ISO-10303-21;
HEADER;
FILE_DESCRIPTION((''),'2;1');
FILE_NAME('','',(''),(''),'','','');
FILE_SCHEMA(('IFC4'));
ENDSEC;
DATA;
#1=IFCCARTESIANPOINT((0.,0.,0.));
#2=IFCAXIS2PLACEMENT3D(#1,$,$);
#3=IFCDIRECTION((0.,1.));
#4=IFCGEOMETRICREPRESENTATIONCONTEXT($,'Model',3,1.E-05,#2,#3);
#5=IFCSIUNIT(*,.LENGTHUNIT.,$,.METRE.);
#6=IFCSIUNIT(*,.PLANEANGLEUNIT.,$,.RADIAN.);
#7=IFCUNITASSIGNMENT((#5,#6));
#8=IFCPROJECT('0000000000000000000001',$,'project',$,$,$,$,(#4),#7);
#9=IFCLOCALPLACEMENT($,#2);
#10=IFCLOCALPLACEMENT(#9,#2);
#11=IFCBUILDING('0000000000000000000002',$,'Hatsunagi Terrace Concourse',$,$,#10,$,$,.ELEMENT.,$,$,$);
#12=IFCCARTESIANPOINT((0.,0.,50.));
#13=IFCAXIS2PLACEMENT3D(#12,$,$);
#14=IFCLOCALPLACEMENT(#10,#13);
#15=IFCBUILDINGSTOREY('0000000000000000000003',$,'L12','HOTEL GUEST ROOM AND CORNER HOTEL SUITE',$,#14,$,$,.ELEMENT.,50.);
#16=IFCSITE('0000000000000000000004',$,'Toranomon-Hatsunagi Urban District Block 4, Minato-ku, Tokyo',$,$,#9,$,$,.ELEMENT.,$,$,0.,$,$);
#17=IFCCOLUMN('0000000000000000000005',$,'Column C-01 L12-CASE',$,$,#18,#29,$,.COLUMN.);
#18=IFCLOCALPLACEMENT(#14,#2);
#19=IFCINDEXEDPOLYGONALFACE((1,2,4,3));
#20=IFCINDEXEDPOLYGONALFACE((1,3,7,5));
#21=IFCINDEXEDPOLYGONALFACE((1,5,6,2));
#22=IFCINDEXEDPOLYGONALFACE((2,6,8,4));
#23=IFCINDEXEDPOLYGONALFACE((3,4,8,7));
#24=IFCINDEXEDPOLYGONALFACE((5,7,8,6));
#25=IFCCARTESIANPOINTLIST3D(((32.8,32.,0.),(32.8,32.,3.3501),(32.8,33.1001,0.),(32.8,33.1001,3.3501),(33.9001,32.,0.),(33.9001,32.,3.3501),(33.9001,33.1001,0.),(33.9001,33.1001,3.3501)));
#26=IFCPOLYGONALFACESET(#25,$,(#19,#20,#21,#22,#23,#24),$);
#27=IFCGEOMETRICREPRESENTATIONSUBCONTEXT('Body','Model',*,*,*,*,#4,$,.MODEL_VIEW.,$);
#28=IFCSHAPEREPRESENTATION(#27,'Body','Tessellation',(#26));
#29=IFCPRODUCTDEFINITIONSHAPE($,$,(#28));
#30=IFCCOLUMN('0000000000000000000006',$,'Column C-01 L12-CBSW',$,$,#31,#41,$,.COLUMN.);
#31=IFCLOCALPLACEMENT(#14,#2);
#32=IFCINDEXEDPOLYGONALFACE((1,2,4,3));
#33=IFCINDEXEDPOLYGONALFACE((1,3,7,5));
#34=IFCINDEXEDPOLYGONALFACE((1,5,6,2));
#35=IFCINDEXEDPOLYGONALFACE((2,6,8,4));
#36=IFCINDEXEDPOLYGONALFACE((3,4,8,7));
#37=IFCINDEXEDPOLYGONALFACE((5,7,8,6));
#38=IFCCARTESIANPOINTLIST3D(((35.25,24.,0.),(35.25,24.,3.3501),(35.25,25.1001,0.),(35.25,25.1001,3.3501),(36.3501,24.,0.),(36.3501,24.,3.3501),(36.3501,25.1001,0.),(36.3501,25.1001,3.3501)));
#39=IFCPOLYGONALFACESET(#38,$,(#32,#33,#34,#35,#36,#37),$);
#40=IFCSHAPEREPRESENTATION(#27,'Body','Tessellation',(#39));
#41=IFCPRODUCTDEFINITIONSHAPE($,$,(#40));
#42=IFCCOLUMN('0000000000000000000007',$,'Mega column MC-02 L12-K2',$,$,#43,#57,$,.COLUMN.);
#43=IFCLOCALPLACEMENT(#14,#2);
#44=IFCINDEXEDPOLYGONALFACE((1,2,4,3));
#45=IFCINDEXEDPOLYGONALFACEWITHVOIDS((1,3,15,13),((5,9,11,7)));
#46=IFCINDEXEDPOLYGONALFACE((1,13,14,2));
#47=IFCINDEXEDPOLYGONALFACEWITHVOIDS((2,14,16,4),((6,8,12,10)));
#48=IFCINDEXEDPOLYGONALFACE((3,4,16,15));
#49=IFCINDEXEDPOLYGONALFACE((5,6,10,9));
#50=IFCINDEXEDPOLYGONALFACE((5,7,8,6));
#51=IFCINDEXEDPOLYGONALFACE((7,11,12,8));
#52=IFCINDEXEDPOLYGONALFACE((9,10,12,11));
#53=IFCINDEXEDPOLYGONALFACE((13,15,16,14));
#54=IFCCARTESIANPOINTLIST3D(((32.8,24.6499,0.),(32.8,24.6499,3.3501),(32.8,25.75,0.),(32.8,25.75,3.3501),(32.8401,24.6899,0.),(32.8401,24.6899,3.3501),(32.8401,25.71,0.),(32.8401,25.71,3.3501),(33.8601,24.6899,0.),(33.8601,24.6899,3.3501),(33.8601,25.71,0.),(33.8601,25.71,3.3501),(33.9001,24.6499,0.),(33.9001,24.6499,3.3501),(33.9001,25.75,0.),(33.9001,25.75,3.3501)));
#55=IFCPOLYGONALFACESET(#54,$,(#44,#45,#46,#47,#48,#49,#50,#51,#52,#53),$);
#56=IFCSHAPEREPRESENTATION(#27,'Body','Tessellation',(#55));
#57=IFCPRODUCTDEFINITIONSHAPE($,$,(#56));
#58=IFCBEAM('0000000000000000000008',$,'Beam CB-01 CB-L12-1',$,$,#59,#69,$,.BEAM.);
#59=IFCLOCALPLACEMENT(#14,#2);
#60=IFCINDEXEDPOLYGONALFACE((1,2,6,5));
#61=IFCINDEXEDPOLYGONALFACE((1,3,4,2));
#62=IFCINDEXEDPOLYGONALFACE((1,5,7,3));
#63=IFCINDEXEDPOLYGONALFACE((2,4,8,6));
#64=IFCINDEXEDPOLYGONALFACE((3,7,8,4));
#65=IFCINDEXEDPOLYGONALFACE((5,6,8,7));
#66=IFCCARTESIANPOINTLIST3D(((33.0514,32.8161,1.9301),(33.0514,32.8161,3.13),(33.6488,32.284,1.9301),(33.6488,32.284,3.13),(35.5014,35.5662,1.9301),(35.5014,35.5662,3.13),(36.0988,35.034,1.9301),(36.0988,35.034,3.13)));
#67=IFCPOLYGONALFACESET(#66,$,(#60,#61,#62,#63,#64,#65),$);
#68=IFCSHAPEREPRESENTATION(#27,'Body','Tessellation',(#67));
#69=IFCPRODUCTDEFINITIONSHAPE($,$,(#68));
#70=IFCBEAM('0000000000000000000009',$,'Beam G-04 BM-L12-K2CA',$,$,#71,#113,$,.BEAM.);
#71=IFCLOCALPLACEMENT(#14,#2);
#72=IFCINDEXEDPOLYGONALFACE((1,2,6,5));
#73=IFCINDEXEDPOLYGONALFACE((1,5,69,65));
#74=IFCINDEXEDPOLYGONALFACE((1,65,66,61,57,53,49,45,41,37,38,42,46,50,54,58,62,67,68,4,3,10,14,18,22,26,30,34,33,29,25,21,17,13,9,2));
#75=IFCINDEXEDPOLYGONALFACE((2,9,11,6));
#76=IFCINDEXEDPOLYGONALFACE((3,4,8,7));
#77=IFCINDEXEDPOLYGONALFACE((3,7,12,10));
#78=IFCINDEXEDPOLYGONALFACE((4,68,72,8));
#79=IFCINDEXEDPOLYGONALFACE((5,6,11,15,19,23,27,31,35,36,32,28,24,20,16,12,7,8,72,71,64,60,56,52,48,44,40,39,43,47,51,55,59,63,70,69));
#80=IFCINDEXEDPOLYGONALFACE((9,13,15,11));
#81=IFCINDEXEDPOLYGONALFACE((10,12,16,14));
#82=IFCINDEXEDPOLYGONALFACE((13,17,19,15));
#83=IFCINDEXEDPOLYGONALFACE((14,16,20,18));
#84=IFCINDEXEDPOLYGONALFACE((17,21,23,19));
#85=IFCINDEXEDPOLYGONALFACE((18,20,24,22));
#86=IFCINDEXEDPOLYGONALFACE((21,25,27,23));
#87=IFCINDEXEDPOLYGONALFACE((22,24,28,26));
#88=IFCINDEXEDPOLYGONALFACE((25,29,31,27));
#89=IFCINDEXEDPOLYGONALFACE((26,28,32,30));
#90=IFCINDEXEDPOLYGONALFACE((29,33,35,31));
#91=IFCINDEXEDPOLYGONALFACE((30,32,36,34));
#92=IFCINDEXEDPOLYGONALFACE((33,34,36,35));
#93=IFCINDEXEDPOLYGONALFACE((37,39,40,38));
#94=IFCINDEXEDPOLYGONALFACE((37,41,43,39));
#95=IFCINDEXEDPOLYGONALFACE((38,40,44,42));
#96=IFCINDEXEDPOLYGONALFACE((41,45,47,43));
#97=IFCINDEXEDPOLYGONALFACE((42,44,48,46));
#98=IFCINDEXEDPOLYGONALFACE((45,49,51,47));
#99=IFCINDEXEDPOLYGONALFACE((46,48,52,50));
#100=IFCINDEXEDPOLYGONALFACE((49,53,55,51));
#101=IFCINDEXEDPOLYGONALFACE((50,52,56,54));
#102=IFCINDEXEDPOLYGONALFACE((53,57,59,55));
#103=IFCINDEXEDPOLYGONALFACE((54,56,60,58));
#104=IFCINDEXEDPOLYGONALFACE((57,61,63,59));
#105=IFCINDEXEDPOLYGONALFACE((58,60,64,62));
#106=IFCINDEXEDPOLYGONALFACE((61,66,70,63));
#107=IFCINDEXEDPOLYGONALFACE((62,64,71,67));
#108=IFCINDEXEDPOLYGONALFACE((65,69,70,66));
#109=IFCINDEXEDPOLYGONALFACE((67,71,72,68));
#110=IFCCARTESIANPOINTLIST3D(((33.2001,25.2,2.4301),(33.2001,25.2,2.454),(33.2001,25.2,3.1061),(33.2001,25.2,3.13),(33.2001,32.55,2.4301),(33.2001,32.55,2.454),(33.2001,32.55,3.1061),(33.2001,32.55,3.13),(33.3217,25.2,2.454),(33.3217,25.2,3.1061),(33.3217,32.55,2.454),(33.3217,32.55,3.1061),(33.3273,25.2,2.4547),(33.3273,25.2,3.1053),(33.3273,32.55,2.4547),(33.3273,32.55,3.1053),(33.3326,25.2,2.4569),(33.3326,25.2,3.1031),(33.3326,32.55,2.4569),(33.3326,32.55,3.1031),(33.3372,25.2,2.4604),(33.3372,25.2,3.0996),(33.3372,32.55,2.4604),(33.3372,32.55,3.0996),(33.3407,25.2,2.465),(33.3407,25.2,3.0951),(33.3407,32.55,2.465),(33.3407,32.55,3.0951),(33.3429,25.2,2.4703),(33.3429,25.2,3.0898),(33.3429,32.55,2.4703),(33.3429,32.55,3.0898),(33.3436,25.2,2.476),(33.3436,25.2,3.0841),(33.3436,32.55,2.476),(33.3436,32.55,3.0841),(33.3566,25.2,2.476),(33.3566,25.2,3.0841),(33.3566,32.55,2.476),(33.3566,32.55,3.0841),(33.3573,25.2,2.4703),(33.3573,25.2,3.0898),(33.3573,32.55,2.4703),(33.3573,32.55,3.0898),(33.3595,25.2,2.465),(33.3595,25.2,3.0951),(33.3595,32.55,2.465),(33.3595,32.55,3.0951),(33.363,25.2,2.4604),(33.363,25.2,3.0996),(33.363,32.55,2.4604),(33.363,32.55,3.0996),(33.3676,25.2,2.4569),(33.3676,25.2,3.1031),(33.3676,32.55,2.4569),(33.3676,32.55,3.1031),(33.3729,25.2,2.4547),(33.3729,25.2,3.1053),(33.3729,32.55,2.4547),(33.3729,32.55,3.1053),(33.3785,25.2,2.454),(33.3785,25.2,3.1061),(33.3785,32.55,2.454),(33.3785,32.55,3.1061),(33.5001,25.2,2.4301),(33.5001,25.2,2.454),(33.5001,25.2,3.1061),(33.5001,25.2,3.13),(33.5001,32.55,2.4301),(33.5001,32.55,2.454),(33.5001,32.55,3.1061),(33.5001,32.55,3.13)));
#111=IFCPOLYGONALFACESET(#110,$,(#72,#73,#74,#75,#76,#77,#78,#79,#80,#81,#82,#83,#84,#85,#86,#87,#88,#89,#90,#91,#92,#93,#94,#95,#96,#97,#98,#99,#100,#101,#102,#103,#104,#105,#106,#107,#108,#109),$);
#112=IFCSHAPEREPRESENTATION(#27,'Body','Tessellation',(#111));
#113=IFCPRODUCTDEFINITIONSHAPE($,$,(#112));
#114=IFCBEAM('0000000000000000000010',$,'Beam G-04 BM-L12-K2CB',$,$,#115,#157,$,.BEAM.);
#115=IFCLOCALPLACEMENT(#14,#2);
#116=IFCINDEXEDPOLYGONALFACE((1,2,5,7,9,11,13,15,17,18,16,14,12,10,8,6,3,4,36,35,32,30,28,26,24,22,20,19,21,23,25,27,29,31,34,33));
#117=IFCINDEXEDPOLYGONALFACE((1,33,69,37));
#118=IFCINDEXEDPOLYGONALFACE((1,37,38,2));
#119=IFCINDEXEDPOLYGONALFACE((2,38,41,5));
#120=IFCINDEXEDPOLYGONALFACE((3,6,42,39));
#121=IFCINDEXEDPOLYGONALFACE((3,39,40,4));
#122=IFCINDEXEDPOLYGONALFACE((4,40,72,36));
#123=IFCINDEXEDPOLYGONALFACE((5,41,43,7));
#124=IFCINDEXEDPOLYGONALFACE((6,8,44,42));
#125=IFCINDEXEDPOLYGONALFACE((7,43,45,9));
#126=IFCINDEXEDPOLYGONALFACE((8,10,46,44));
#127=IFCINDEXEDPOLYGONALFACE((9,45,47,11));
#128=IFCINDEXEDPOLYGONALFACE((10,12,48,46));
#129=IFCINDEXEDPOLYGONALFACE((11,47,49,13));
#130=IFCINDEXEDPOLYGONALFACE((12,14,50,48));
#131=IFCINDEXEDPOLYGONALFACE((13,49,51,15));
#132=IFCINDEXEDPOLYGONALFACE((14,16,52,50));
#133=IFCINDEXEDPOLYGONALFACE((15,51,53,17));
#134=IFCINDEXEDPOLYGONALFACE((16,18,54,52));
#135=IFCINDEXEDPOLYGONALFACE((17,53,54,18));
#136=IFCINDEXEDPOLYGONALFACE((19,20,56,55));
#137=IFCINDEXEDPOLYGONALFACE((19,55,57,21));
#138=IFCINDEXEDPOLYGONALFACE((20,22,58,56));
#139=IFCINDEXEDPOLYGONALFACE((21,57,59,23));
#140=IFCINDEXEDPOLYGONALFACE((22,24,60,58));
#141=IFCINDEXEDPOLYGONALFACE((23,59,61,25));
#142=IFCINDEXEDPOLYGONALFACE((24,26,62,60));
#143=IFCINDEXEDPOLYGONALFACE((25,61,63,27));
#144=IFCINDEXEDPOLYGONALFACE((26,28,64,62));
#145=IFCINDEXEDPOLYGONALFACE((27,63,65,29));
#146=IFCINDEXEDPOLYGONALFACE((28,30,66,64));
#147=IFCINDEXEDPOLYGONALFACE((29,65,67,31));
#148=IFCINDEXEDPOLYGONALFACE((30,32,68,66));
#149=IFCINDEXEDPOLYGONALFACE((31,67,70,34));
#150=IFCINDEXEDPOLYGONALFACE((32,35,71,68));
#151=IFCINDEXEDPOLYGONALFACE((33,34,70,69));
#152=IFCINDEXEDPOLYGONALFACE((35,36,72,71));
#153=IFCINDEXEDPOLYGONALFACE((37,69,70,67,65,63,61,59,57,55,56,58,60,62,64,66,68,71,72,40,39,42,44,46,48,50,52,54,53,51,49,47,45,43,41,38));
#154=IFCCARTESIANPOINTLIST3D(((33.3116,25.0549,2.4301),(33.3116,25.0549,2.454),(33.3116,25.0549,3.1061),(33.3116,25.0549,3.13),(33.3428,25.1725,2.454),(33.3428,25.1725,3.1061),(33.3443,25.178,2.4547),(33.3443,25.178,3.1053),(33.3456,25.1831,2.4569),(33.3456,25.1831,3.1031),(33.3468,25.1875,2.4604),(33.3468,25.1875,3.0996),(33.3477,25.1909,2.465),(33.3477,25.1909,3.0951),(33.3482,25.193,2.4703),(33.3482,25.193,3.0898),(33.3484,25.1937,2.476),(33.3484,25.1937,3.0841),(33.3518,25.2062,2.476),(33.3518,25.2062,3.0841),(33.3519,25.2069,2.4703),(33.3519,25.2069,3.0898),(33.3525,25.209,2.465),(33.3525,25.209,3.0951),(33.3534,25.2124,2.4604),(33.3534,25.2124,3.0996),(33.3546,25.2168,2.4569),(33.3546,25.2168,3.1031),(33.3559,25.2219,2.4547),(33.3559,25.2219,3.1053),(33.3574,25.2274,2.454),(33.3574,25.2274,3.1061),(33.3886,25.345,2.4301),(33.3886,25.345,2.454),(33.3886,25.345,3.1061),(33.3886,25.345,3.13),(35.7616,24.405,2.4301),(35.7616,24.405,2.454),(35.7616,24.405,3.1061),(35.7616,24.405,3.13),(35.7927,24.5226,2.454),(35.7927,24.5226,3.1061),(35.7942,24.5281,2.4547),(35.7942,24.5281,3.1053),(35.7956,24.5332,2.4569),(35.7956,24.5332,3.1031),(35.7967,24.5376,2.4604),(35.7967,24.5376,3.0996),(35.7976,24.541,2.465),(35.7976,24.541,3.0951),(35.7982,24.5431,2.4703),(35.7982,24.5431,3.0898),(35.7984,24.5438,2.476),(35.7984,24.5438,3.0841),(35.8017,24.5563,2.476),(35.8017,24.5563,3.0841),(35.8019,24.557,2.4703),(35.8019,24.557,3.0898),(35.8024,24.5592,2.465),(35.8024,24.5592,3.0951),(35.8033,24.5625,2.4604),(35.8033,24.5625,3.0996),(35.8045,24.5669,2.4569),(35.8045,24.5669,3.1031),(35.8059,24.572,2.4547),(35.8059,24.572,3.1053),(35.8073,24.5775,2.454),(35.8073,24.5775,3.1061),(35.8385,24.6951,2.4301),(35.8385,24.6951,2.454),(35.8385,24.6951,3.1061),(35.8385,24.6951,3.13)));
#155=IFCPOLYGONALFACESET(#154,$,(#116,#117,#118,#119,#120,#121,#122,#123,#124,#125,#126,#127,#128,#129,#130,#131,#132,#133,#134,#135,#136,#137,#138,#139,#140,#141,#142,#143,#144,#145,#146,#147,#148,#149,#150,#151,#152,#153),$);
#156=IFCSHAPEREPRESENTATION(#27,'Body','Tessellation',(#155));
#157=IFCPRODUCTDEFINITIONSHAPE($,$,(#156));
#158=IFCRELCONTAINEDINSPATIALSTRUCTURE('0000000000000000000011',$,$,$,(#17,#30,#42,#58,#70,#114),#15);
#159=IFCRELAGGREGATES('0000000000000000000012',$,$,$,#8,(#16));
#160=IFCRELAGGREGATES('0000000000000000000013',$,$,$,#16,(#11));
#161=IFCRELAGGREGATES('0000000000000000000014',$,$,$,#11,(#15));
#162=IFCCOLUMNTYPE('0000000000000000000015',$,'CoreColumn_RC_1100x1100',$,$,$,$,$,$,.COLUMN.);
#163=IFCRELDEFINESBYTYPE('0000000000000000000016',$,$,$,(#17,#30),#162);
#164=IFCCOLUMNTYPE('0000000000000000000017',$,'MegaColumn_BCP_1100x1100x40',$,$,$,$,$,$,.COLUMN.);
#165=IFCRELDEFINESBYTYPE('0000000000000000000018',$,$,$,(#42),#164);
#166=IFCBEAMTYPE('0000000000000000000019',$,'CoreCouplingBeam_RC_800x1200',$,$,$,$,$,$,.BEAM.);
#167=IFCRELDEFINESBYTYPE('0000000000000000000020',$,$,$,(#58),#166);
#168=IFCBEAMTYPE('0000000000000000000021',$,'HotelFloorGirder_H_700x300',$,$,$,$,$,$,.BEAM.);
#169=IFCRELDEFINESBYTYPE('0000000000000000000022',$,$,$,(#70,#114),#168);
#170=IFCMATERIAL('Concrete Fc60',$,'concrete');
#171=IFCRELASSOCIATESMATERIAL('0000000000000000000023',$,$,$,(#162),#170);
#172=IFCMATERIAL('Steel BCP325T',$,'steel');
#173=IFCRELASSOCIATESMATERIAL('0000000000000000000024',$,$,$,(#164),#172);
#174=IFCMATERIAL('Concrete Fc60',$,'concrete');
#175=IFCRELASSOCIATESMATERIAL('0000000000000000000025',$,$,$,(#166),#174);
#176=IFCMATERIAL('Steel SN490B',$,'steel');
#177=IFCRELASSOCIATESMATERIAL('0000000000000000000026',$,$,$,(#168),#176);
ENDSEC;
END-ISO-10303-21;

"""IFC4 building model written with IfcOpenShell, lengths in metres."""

from ifc_helpers import new_model, si_unit, direction, frame, origin, origin_2d, place, context, subcontext, project, spatial, rectangle, hollow_rectangle, i_section, extrude, material, material_profile, profile_set, type_object, element, save


model = new_model("IFC4")

# Units and contexts
model_context = context("Model", 3, precision=1e-05, world=origin(), true_north=direction((0.0, 1.0)))
body_context = subcontext(model_context, "Body", "Model", "MODEL_VIEW")
ifc_project = project(units=[si_unit("LENGTHUNIT", "METRE"), si_unit("PLANEANGLEUNIT", "RADIAN")], contexts=[model_context])

# Site, building, storey
site_placement = place(None, origin())
site = spatial("IfcSite", under=ifc_project, at=site_placement, Name="Toranomon-Hatsunagi Urban District Block 4, Minato-ku, Tokyo", CompositionType="ELEMENT", RefElevation=0.0)
building_placement = place(site_placement, origin())
building = spatial("IfcBuilding", under=site, at=building_placement, Name="Hatsunagi Terrace Concourse", CompositionType="ELEMENT")
storey_placement = place(building_placement, frame((0.0, 0.0, 50.0)))
storey = spatial("IfcBuildingStorey", under=building, at=storey_placement, Name="L12", Description="HOTEL GUEST ROOM AND CORNER HOTEL SUITE", CompositionType="ELEMENT", Elevation=50.0)

# Columns
ifc_material_1 = material(Name="Concrete Fc60", Category="concrete")
ifc_material_profile_1 = material_profile(ifc_material_1, rectangle(XDim=1.1001, YDim=1.1001, at=origin_2d()), Name="RC-1100x1100")
ifc_profile_set_1 = profile_set([ifc_material_profile_1], Name="Concrete Fc60")
column_type_1 = type_object("IfcColumnType", Name="CoreColumn_RC_1100x1100", PredefinedType="COLUMN", material=ifc_profile_set_1)
for number, where, z_axis, x_axis, name in (
    (1, (33.3501, 32.55, 0.0), (0.0, 0.0, 1.0), (1.0, 0.0, 0.0), "Column C-01 L12-CASE"),
    (2, (35.8, 24.55, 0.0), (0.0, 0.0, 1.0), (1.0, 0.0, 0.0), "Column C-01 L12-CBSW"),
):
    element("IfcColumn", number, at=place(storey_placement, frame(where, z_axis=z_axis, x_axis=x_axis)), inside=storey, type_object=column_type_1, Name=name, PredefinedType="COLUMN", context=body_context, shape_type="SweptSolid", body=[
        extrude(rectangle(XDim=1.1001, YDim=1.1001, at=origin_2d()), origin(), (0.0, 0.0, 1.0), 3.3501),
    ])
ifc_material_2 = material(Name="Steel BCP325T", Category="steel")
ifc_material_profile_2 = material_profile(ifc_material_2, hollow_rectangle(XDim=1.1001, YDim=1.1001, WallThickness=0.04, at=origin_2d()), Name="BCP-1100x1100x40")
ifc_profile_set_2 = profile_set([ifc_material_profile_2], Name="Steel BCP325T")
column_type_2 = type_object("IfcColumnType", Name="MegaColumn_BCP_1100x1100x40", PredefinedType="COLUMN", material=ifc_profile_set_2)
column_placement = place(storey_placement, frame((33.3501, 25.2, 0.0), z_axis=(0.0, 0.0, 1.0), x_axis=(1.0, 0.0, 0.0)))
element("IfcColumn", 3, at=column_placement, inside=storey, type_object=column_type_2, Name="Mega column MC-02 L12-K2", PredefinedType="COLUMN", context=body_context, shape_type="SweptSolid", body=[
    extrude(hollow_rectangle(XDim=1.1001, YDim=1.1001, WallThickness=0.04, at=origin_2d()), origin(), (0.0, 0.0, 1.0), 3.3501),
])

# Beams
ifc_material_3 = material(Name="Concrete Fc60", Category="concrete")
ifc_material_profile_3 = material_profile(ifc_material_3, rectangle(XDim=0.8, YDim=1.2, at=origin_2d()), Name="RC-800x1200")
ifc_profile_set_3 = profile_set([ifc_material_profile_3], Name="Concrete Fc60")
beam_type_1 = type_object("IfcBeamType", Name="CoreCouplingBeam_RC_800x1200", PredefinedType="BEAM", material=ifc_profile_set_3)
beam_1_placement = place(storey_placement, frame((33.3501, 32.55, 2.53), z_axis=(0.665199, 0.746666, 0.0), x_axis=(-0.746666, 0.665199, 0.0)))
element("IfcBeam", 4, at=beam_1_placement, inside=storey, type_object=beam_type_1, Name="Beam CB-01 CB-L12-1", PredefinedType="BEAM", context=body_context, shape_type="SweptSolid", body=[
    extrude(rectangle(XDim=0.8, YDim=1.2, at=origin_2d()), origin(), (0.0, 0.0, 1.0), 3.6831),
])
ifc_material_4 = material(Name="Steel SN490B", Category="steel")
ifc_material_profile_4 = material_profile(ifc_material_4, i_section(OverallWidth=0.3, OverallDepth=0.7, WebThickness=0.0129, FlangeThickness=0.0239, FilletRadius=0.022, at=origin_2d()), Name="H-700x300x13x24")
ifc_profile_set_4 = profile_set([ifc_material_profile_4], Name="Steel SN490B")
beam_type_2 = type_object("IfcBeamType", Name="HotelFloorGirder_H_700x300", PredefinedType="BEAM", material=ifc_profile_set_4)
beam_2_placement = place(storey_placement, frame((33.3501, 25.2, 2.78), z_axis=(0.0, 1.0, 0.0), x_axis=(-1.0, 0.0, 0.0)))
element("IfcBeam", 5, at=beam_2_placement, inside=storey, type_object=beam_type_2, Name="Beam G-04 BM-L12-K2CA", PredefinedType="BEAM", context=body_context, shape_type="SweptSolid", body=[
    extrude(i_section(OverallWidth=0.3, OverallDepth=0.7, WebThickness=0.0129, FlangeThickness=0.0239, FilletRadius=0.022, at=origin_2d()), origin(), (0.0, 0.0, 1.0), 7.3501),
])
beam_3_placement = place(storey_placement, frame((33.3501, 25.2, 2.78), z_axis=(0.96657, -0.256403, 0.0), x_axis=(0.256403, 0.96657, 0.0)))
element("IfcBeam", 6, at=beam_3_placement, inside=storey, type_object=beam_type_2, Name="Beam G-04 BM-L12-K2CB", PredefinedType="BEAM", context=body_context, shape_type="SweptSolid", body=[
    extrude(i_section(OverallWidth=0.3, OverallDepth=0.7, WebThickness=0.0129, FlangeThickness=0.0239, FilletRadius=0.022, at=origin_2d()), origin(), (0.0, 0.0, 1.0), 2.5347),
])

save(model, "model.ifc")
